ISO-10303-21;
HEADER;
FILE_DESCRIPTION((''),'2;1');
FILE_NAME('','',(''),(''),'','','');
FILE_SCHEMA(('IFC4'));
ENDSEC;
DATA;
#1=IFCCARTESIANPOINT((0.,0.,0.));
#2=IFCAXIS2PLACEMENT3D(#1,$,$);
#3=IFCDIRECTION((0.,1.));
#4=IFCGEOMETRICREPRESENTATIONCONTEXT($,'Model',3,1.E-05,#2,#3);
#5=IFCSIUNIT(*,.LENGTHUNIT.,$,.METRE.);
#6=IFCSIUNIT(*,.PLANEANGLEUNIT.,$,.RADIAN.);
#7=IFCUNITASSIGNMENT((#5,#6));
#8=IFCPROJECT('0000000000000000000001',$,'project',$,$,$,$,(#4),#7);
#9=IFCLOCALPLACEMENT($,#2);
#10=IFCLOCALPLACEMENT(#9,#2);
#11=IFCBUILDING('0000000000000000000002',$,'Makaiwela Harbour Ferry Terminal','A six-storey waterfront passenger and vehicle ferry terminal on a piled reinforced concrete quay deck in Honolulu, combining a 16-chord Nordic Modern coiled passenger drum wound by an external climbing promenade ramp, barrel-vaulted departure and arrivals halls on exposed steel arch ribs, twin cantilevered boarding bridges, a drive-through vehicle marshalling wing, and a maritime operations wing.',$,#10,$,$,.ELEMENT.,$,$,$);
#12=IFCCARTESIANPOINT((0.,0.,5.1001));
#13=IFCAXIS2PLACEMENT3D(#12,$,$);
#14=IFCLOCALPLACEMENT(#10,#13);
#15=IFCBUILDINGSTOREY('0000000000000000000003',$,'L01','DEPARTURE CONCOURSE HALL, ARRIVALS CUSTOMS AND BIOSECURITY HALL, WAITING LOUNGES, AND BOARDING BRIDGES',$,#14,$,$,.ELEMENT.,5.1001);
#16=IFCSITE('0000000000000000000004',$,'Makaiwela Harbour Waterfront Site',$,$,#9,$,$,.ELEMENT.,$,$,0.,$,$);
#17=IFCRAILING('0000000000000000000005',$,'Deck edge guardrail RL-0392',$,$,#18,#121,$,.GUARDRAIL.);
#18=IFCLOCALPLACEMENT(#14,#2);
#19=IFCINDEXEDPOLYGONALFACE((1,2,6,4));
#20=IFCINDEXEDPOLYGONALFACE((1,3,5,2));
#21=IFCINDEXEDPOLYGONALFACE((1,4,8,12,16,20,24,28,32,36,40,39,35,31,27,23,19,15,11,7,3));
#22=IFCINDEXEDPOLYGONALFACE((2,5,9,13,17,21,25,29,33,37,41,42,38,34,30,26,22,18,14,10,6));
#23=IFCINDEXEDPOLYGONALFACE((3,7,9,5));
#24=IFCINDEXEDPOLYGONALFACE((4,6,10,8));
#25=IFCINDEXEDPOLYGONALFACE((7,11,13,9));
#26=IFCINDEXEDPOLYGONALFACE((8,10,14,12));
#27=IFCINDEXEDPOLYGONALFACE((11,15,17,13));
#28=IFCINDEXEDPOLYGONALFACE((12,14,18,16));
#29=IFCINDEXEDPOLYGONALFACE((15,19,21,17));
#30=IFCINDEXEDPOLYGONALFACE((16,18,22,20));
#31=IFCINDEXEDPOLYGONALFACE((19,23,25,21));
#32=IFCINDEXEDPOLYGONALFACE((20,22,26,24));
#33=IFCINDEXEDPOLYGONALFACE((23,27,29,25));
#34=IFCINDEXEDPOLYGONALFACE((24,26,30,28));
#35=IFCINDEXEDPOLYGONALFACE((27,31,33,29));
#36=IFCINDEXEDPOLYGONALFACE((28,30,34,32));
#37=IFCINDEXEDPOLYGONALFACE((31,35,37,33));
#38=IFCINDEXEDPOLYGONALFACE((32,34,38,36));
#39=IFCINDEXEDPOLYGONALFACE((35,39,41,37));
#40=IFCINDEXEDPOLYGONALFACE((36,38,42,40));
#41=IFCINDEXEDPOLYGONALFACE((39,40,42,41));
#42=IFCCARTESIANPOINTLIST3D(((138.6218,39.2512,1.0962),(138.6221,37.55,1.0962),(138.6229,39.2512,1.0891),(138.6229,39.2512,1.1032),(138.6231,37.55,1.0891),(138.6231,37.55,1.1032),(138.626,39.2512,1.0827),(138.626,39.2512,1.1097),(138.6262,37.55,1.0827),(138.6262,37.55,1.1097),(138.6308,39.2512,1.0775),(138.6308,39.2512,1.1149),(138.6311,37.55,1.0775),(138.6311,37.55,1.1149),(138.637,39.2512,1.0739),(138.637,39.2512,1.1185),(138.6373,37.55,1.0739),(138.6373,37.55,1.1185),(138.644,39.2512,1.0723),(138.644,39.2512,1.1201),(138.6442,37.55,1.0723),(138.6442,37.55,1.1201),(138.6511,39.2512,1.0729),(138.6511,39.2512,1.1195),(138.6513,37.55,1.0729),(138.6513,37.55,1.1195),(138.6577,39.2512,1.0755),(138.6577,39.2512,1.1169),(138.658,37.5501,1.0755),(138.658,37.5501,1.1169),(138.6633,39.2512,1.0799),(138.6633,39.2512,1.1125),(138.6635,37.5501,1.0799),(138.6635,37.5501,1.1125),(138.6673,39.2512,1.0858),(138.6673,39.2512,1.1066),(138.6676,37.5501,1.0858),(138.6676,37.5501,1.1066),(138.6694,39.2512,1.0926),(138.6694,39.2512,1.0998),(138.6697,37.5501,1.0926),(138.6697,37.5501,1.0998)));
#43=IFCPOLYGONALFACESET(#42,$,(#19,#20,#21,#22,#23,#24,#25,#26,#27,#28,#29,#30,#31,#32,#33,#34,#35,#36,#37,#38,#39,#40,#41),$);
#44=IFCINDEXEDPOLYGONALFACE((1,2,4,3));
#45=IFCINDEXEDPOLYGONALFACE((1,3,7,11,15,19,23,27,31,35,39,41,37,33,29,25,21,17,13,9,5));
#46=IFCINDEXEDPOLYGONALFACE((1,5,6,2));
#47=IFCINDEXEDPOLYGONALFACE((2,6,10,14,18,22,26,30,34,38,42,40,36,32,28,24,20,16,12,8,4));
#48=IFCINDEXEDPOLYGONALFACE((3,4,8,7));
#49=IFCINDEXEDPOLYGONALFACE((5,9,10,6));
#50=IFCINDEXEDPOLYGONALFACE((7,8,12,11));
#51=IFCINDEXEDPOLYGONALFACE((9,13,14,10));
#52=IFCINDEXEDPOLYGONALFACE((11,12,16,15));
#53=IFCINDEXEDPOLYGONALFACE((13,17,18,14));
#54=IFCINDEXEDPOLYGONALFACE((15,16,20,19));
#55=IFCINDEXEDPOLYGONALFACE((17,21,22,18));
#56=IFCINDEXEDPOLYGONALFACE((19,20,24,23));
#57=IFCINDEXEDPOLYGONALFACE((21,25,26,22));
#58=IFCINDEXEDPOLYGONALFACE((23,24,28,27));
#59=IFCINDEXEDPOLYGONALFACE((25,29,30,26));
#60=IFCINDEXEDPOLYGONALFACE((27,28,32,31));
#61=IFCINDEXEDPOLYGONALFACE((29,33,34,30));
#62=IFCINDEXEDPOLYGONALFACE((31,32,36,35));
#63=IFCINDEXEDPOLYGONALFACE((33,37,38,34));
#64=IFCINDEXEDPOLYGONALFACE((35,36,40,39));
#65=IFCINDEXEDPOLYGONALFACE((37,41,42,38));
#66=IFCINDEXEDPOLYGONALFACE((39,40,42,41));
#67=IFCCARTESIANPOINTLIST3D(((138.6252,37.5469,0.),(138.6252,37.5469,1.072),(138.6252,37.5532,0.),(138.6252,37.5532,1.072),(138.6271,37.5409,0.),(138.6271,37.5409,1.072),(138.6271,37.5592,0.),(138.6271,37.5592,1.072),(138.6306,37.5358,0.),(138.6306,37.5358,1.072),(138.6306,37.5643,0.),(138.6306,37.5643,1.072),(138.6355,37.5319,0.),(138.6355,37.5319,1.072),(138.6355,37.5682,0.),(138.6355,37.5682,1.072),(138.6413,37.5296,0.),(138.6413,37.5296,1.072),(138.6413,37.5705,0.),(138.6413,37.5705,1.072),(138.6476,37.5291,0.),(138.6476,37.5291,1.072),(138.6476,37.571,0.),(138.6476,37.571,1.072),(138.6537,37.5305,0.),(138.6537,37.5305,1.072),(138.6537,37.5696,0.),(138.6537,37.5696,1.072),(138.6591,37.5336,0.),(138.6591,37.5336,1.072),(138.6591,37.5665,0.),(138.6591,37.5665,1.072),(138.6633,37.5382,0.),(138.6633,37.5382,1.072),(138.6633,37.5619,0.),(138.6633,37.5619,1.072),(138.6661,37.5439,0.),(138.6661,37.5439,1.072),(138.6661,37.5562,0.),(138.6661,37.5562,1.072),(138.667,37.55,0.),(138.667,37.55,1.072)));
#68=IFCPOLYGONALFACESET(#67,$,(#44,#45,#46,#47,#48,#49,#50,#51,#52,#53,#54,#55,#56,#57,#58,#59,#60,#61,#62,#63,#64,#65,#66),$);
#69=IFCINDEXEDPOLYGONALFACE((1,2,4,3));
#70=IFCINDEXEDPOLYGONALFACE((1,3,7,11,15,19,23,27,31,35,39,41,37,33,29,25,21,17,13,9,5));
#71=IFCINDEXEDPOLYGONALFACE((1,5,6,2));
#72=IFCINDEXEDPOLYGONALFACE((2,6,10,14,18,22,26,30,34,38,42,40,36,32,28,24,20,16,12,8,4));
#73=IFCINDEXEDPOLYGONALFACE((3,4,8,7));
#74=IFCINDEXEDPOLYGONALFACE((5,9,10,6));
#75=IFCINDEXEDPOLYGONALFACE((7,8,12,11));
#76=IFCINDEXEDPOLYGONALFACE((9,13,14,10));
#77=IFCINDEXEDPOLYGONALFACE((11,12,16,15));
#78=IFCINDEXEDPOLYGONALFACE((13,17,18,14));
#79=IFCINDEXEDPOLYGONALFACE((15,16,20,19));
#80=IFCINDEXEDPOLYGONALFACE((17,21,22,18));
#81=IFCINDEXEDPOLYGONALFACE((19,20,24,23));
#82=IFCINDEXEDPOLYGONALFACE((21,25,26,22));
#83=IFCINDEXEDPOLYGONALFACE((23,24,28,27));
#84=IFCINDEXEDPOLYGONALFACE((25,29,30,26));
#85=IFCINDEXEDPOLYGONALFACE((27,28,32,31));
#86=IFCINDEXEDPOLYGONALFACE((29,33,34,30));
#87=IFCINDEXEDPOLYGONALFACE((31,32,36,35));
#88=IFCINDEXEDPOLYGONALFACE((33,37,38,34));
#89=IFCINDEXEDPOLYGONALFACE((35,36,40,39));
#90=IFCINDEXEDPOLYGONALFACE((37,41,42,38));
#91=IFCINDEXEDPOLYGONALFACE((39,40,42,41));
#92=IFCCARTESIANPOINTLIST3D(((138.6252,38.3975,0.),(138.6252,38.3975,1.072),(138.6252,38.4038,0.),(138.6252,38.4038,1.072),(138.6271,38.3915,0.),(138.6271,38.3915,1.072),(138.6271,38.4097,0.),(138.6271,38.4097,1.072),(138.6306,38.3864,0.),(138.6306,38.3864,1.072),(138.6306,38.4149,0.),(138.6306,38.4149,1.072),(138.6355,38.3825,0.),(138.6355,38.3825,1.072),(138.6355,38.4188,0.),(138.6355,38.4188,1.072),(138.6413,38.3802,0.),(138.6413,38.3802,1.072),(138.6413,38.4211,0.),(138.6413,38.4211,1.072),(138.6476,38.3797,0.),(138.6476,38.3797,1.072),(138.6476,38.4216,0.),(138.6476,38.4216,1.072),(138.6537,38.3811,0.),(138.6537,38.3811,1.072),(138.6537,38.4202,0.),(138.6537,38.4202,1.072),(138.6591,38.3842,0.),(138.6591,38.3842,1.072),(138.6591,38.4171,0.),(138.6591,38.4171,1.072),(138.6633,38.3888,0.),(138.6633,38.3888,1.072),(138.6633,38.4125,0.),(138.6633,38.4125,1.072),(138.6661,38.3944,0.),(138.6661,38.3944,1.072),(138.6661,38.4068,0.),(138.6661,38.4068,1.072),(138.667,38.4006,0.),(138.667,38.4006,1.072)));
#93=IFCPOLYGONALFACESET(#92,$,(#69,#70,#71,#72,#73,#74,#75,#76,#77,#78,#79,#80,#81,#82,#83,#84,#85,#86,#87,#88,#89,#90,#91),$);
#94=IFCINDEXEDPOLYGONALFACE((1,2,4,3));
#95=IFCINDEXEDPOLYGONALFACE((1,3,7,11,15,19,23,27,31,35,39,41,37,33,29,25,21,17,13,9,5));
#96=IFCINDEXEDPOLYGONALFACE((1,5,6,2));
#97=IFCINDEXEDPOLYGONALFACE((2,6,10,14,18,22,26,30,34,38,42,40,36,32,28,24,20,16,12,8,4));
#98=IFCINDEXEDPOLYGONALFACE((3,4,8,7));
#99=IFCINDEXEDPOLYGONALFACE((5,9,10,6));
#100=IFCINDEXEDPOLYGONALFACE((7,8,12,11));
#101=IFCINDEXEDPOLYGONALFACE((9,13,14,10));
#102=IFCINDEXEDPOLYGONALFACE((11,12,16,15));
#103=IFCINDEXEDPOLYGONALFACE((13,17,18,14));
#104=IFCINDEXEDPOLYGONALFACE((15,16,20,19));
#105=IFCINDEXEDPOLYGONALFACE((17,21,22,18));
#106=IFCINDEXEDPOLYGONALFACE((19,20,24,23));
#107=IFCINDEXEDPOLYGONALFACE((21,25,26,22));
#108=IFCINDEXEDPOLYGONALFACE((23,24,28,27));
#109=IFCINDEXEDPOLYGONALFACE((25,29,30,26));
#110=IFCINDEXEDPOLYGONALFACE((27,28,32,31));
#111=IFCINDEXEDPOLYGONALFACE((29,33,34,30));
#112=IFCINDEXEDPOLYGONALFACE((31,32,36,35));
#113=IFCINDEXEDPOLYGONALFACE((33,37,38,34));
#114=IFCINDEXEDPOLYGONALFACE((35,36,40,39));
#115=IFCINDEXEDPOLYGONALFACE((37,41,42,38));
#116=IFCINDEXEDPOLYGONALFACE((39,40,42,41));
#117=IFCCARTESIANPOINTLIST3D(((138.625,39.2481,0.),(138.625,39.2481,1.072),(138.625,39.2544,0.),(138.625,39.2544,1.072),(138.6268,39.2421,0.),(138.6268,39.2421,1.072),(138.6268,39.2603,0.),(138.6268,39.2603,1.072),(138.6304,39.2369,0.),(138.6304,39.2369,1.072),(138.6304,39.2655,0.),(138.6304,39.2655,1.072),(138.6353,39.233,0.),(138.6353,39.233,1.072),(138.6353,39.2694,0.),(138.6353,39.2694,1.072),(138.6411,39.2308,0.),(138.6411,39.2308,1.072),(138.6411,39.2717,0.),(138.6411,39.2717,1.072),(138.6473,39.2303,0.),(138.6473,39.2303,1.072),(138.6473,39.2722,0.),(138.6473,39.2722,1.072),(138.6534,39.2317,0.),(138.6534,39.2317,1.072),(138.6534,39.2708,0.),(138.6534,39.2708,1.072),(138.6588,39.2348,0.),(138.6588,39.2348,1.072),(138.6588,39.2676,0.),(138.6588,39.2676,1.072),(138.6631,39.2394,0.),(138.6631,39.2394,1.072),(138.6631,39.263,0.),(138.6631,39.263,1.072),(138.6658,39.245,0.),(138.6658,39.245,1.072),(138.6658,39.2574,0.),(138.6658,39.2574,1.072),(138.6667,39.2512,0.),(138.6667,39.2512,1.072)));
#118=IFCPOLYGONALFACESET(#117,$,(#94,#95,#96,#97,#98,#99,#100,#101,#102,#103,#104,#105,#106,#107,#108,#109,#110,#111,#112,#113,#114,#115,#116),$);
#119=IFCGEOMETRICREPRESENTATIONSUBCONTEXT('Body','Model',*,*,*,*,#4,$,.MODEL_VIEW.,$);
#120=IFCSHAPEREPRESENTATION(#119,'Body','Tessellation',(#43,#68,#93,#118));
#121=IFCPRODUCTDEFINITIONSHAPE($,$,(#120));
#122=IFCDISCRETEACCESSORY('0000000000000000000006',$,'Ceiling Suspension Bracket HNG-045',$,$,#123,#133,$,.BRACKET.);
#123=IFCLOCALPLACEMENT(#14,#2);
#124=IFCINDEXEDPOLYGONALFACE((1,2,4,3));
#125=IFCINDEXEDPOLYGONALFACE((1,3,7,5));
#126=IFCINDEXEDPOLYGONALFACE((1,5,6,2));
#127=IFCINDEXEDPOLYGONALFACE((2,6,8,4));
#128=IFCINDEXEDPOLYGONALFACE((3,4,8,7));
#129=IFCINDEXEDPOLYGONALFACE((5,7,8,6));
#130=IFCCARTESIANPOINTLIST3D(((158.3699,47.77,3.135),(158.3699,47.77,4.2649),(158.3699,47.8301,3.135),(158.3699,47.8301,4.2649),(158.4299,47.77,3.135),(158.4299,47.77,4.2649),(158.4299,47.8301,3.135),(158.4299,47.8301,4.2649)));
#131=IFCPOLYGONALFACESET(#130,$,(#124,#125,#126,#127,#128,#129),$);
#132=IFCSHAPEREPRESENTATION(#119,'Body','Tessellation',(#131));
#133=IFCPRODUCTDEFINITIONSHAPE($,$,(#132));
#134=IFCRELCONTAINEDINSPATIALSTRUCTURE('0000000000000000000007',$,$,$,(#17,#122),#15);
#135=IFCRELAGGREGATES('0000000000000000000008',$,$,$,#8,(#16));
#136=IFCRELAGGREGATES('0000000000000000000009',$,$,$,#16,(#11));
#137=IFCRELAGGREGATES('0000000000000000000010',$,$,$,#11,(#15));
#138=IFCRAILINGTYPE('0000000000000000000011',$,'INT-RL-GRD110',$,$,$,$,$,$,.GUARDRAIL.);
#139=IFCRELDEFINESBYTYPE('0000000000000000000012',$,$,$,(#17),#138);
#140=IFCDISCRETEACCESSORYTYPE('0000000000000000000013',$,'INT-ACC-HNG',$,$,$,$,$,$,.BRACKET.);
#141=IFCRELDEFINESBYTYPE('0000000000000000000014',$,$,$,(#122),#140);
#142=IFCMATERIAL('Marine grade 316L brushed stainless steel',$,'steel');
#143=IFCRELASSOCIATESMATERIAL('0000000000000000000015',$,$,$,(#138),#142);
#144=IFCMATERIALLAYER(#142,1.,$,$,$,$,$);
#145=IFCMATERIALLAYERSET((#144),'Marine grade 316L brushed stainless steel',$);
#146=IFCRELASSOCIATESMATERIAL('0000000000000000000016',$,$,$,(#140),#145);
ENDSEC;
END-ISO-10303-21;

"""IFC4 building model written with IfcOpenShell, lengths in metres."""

from ifc_helpers import new_model, si_unit, direction, frame, origin, origin_2d, place, context, subcontext, project, spatial, rectangle, circle, extrude, material, layer, layer_set, type_object, element, save


model = new_model("IFC4")

# Units and contexts
model_context = context("Model", 3, precision=1e-05, world=origin(), true_north=direction((0.0, 1.0)))
body_context = subcontext(model_context, "Body", "Model", "MODEL_VIEW")
ifc_project = project(units=[si_unit("LENGTHUNIT", "METRE"), si_unit("PLANEANGLEUNIT", "RADIAN")], contexts=[model_context])

# Site, building, storey
site_placement = place(None, origin())
site = spatial("IfcSite", under=ifc_project, at=site_placement, Name="Makaiwela Harbour Waterfront Site", CompositionType="ELEMENT", RefElevation=0.0)
building_placement = place(site_placement, origin())
building = spatial("IfcBuilding", under=site, at=building_placement, Name="Makaiwela Harbour Ferry Terminal", Description="A six-storey waterfront passenger and vehicle ferry terminal on a piled reinforced concrete quay deck in Honolulu, combining a 16-chord Nordic Modern coiled passenger drum wound by an external climbing promenade ramp, barrel-vaulted departure and arrivals halls on exposed steel arch ribs, twin cantilevered boarding bridges, a drive-through vehicle marshalling wing, and a maritime operations wing.", CompositionType="ELEMENT")
storey_placement = place(building_placement, frame((0.0, 0.0, 5.1001)))
storey = spatial("IfcBuildingStorey", under=building, at=storey_placement, Name="L01", Description="DEPARTURE CONCOURSE HALL, ARRIVALS CUSTOMS AND BIOSECURITY HALL, WAITING LOUNGES, AND BOARDING BRIDGES", CompositionType="ELEMENT", Elevation=5.1001)

# Railing
ifc_material_1 = material(Name="Marine grade 316L brushed stainless steel", Category="steel")
railing_type = type_object("IfcRailingType", Name="INT-RL-GRD110", PredefinedType="GUARDRAIL", material=ifc_material_1)
for number, where, name in (
    (1, (138.646, 37.55, 0.0), "Deck edge guardrail RL-0392"),
):
    element("IfcRailing", number, at=place(storey_placement, frame(where)), inside=storey, type_object=railing_type, Name=name, PredefinedType="GUARDRAIL", context=body_context, shape_type="SweptSolid", body=[
        extrude(circle(Radius=0.0239, at=origin_2d()), frame((0.0, 0.0, 1.0962), z_axis=(-0.000144, 1.0, 0.0), x_axis=(-1.0, -0.000144, 0.0)), (0.0, 0.0, 1.0), 1.7012),
        extrude(circle(Radius=0.021, at=origin_2d()), origin(), (0.0, 0.0, 1.0), 1.072),
        extrude(circle(Radius=0.021, at=origin_2d()), frame((0.0, 0.8506, 0.0)), (0.0, 0.0, 1.0), 1.072),
        extrude(circle(Radius=0.021, at=origin_2d()), frame((-0.0002, 1.7012, 0.0)), (0.0, 0.0, 1.0), 1.072),
    ])

# Discrete accessory
ifc_layer_1 = layer(ifc_material_1, 1.0)
ifc_layer_set_1 = layer_set([ifc_layer_1], Name="Marine grade 316L brushed stainless steel")
discrete_accessory_type = type_object("IfcDiscreteAccessoryType", Name="INT-ACC-HNG", PredefinedType="BRACKET", material=ifc_layer_set_1)
discrete_accessory_placement = place(storey_placement, frame((158.3999, 47.8, 3.135), z_axis=(0.0, 0.0, 1.0), x_axis=(1.0, 0.0, 0.0)))
element("IfcDiscreteAccessory", 2, at=discrete_accessory_placement, inside=storey, type_object=discrete_accessory_type, Name="Ceiling Suspension Bracket HNG-045", PredefinedType="BRACKET", context=body_context, shape_type="SweptSolid", body=[
    extrude(rectangle(XDim=0.0601, YDim=0.0601, at=origin_2d()), origin(), (0.0, 0.0, 1.0), 1.1299),
])

save(model, "model.ifc")
